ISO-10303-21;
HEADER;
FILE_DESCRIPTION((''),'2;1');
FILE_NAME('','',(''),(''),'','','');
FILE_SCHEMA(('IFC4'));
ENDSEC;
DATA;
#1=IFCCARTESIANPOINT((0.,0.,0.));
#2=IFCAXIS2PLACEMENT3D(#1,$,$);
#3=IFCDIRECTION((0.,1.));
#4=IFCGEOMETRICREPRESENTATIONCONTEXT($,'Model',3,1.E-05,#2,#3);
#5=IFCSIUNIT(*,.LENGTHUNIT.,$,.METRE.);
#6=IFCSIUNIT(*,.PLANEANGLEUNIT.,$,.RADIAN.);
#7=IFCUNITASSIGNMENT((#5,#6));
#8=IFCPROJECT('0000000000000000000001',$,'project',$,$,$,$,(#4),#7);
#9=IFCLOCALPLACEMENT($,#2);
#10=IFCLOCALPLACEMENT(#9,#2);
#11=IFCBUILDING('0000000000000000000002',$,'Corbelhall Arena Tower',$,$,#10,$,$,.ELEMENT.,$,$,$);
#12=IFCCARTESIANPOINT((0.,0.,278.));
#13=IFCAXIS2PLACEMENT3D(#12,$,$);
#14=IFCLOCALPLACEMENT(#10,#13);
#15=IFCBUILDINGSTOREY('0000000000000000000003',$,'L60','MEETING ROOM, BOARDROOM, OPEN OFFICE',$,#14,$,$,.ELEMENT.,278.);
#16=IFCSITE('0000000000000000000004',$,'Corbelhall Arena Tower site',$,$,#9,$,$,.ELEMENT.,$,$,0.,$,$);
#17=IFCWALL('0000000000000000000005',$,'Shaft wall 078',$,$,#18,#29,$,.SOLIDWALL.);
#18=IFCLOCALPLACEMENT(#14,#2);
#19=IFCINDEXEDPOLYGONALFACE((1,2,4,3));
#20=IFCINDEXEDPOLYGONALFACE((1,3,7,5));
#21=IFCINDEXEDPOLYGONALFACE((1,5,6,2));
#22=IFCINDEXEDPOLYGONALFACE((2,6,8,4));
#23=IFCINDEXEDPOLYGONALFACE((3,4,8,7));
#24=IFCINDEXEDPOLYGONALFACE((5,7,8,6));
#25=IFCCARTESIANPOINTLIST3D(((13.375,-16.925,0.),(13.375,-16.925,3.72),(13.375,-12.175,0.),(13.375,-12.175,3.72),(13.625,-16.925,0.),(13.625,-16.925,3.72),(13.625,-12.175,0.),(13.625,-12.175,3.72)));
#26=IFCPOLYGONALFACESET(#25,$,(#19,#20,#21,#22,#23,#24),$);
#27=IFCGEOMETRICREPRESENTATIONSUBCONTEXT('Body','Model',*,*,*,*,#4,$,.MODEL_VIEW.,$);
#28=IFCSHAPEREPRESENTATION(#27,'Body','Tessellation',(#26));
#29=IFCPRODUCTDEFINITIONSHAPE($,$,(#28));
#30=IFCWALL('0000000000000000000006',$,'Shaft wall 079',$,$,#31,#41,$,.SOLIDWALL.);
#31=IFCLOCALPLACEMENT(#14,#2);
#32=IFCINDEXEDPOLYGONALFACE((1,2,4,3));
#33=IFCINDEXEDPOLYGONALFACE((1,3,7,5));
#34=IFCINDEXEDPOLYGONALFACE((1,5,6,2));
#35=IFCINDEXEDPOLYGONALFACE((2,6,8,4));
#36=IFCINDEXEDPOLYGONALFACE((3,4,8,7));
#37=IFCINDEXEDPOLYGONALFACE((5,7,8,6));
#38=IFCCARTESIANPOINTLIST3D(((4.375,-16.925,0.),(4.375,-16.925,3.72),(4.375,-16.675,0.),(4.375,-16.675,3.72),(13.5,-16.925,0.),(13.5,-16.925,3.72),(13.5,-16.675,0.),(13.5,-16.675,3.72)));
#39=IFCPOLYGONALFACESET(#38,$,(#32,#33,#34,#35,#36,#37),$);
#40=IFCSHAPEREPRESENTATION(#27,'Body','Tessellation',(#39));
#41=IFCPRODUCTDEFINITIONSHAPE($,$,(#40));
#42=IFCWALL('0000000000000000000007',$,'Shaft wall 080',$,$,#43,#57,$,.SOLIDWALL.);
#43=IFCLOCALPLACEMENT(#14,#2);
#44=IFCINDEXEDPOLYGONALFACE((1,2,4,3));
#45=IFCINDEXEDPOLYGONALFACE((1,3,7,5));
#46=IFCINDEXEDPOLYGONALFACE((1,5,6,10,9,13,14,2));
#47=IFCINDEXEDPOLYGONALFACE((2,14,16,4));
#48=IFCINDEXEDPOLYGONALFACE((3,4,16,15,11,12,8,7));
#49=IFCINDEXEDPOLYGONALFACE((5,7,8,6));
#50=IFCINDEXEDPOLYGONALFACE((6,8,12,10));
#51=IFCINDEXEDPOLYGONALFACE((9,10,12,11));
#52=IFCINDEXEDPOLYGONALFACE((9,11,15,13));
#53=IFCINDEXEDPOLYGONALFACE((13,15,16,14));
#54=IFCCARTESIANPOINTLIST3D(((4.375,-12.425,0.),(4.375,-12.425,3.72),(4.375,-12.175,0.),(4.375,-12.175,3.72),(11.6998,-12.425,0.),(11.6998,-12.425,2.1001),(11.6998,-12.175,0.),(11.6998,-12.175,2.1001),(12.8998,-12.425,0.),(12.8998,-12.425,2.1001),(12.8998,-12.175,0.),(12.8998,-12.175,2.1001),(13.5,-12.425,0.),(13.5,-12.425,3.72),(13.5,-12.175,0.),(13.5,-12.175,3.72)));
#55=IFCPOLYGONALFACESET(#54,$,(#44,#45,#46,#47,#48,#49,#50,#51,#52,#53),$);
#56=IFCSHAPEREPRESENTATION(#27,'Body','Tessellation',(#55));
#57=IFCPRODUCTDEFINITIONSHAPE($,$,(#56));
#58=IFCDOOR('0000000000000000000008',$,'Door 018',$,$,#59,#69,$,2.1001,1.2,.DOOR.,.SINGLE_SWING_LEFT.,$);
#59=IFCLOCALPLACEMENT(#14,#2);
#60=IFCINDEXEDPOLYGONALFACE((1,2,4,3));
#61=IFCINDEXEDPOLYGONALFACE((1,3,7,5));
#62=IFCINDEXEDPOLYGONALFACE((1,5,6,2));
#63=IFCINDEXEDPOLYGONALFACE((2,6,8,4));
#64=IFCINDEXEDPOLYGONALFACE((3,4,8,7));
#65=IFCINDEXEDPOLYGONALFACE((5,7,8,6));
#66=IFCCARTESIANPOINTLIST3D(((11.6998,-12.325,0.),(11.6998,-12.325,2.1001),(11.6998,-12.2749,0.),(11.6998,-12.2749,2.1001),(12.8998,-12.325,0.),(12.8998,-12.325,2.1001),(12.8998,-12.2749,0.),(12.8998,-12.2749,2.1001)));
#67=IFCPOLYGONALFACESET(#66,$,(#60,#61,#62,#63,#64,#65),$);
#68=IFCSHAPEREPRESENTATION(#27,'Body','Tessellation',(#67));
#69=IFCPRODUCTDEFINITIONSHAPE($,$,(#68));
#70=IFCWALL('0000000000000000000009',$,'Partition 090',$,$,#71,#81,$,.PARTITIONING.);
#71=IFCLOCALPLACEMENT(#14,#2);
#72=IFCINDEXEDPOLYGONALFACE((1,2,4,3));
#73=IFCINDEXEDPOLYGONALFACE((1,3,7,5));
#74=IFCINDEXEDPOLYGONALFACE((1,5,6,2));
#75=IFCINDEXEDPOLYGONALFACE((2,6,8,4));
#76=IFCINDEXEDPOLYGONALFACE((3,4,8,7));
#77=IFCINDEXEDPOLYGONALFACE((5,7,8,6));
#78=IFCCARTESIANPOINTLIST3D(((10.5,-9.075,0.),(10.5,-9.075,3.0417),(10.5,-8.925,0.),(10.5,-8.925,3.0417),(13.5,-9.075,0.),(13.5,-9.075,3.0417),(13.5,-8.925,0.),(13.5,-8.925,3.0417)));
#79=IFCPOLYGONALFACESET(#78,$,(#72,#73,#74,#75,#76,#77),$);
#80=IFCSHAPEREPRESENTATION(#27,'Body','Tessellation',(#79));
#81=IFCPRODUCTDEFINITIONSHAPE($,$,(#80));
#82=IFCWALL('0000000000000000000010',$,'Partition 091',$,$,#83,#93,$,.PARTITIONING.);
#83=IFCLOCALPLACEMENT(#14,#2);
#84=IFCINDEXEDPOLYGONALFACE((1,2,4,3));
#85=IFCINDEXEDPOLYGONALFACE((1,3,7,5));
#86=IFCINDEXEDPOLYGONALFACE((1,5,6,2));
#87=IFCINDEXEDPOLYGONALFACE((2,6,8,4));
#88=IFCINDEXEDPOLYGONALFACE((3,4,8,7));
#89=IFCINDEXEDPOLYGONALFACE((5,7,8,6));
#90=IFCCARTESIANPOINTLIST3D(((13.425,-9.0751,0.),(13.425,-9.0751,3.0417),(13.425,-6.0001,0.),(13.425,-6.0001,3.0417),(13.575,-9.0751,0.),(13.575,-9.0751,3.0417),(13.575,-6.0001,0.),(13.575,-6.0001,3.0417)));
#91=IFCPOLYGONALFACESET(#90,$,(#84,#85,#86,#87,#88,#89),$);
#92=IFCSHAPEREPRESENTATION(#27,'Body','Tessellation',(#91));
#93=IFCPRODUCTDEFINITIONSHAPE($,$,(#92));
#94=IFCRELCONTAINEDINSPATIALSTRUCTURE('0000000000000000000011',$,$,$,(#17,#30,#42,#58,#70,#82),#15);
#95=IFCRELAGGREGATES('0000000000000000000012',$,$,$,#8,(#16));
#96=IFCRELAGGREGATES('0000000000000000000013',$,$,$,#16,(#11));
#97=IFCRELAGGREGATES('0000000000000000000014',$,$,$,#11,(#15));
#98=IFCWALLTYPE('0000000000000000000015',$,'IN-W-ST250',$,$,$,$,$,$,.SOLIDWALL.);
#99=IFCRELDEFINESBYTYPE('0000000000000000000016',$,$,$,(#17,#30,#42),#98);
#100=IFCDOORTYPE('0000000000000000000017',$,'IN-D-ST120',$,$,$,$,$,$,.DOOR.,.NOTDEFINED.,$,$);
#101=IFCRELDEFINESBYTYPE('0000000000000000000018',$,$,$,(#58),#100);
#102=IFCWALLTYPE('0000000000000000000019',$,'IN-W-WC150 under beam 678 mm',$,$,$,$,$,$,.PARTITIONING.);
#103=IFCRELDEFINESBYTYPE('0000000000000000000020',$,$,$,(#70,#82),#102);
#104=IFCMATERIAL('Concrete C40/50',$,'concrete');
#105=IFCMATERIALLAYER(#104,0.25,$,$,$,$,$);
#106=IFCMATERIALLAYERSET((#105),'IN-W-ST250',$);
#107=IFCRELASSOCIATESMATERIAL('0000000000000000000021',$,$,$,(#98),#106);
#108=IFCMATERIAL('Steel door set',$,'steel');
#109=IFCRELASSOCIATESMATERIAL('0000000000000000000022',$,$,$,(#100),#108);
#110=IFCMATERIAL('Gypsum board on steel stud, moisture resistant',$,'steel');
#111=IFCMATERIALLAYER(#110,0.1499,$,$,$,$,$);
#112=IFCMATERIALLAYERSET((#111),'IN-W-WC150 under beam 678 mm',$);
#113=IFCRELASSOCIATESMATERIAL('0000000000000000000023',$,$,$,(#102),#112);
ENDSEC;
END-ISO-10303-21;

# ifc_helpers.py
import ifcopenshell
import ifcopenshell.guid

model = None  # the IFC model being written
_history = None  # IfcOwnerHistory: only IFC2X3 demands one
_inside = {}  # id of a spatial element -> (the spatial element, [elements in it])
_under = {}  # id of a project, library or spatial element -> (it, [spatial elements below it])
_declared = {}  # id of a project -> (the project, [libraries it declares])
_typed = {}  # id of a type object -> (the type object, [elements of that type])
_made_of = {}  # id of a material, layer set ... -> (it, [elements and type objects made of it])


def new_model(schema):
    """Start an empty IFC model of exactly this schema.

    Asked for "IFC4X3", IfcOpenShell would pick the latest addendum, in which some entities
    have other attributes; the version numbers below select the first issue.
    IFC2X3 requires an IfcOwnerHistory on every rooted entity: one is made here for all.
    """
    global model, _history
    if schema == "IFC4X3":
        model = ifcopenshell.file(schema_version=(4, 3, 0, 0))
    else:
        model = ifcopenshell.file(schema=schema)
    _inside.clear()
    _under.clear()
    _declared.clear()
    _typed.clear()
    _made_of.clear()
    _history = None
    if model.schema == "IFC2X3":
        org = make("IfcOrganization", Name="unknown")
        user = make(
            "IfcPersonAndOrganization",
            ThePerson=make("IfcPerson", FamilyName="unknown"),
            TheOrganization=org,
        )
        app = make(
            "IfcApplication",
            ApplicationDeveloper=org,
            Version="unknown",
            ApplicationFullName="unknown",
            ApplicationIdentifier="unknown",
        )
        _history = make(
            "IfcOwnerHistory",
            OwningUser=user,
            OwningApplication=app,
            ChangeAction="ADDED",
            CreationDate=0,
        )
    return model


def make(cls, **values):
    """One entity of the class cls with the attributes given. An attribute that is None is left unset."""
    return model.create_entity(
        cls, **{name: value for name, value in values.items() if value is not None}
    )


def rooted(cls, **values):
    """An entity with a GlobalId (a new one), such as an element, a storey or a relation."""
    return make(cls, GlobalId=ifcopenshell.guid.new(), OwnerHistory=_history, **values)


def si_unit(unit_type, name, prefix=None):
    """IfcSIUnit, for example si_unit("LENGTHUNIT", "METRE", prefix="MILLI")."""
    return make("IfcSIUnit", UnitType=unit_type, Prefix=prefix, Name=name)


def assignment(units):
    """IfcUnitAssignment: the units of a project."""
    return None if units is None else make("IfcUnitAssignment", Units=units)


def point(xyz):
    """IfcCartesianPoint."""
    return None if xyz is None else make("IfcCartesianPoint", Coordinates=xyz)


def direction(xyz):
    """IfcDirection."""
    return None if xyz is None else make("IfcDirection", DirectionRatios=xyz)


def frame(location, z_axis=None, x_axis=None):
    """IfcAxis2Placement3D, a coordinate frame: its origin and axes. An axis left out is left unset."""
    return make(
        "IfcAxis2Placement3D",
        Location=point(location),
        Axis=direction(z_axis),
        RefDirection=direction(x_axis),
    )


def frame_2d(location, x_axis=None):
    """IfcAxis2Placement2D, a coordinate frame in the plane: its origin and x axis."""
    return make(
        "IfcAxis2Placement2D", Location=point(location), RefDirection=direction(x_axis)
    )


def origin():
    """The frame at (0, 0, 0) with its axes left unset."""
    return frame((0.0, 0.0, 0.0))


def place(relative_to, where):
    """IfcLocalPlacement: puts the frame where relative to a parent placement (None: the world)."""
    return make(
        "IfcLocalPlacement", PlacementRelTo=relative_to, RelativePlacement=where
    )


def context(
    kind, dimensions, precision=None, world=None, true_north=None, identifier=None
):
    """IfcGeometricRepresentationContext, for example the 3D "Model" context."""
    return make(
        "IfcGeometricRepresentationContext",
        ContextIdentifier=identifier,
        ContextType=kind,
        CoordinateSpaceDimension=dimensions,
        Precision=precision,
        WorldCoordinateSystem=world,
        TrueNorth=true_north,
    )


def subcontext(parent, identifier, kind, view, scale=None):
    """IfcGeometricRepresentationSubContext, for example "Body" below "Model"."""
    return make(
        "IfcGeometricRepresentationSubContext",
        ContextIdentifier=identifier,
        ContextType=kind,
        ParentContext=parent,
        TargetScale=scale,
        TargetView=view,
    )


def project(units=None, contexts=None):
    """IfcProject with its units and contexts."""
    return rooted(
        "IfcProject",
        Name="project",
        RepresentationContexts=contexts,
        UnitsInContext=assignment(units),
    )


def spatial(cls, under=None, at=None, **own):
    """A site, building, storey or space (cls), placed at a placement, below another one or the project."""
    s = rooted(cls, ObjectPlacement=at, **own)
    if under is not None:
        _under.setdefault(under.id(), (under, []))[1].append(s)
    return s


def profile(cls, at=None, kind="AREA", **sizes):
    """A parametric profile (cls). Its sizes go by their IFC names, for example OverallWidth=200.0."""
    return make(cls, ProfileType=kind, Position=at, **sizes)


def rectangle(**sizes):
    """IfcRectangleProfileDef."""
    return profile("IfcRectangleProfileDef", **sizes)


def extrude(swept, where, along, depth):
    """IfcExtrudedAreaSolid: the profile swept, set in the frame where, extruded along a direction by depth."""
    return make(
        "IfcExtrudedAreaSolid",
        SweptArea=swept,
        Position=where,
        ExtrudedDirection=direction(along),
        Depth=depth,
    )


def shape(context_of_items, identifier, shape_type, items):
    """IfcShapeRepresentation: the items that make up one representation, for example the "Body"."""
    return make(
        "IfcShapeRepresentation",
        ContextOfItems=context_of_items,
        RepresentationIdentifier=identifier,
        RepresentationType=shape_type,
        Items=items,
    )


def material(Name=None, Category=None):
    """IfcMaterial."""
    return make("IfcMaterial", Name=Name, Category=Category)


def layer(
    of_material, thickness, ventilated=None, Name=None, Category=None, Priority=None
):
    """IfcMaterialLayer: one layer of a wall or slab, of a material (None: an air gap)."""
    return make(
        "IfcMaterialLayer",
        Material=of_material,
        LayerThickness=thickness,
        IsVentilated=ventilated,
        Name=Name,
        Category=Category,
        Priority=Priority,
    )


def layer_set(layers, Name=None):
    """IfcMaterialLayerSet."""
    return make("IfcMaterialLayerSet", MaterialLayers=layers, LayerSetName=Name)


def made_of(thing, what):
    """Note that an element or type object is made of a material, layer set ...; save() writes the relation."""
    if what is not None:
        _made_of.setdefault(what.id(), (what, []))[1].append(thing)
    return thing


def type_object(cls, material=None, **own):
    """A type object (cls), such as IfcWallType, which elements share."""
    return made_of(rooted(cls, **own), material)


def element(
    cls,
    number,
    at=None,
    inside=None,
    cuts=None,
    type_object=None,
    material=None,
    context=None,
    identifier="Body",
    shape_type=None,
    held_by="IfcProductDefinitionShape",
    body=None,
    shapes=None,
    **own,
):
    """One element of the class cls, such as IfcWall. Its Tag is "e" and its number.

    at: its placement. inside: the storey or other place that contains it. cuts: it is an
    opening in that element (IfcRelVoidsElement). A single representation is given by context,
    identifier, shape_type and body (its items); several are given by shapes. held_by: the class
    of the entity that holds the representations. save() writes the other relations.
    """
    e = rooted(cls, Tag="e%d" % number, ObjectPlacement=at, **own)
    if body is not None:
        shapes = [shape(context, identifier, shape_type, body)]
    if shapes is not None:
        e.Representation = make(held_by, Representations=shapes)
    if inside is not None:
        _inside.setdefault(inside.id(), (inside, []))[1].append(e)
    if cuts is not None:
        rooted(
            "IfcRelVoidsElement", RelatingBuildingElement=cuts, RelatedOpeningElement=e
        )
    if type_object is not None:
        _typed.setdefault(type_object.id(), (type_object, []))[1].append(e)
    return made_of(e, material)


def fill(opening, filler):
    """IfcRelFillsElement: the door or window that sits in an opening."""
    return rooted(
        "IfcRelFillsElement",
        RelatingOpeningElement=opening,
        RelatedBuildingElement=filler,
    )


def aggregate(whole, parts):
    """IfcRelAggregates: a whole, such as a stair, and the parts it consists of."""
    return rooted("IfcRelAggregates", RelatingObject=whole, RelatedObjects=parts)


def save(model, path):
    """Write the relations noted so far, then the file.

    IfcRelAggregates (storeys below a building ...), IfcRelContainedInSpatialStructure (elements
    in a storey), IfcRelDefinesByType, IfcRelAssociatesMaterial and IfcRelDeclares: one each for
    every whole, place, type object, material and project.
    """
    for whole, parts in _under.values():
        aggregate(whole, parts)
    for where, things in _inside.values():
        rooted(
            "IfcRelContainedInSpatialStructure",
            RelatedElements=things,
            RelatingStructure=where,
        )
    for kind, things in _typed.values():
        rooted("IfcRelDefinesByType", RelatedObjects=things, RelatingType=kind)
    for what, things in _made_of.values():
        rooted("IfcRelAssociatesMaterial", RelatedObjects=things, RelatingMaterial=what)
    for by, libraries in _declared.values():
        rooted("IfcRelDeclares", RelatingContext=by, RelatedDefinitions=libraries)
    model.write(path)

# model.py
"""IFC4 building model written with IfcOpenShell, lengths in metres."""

from ifc_helpers import new_model, si_unit, direction, frame, frame_2d, origin, place, context, subcontext, project, spatial, rectangle, extrude, material, layer, layer_set, type_object, element, fill, save


model = new_model("IFC4")

# Units and contexts
model_context = context("Model", 3, precision=1e-05, world=origin(), true_north=direction((0.0, 1.0)))
body_context = subcontext(model_context, "Body", "Model", "MODEL_VIEW")
ifc_project = project(units=[si_unit("LENGTHUNIT", "METRE"), si_unit("PLANEANGLEUNIT", "RADIAN")], contexts=[model_context])

# Site, building, storey
site_placement = place(None, origin())
site = spatial("IfcSite", under=ifc_project, at=site_placement, Name="Corbelhall Arena Tower site", CompositionType="ELEMENT", RefElevation=0.0)
building_placement = place(site_placement, origin())
building = spatial("IfcBuilding", under=site, at=building_placement, Name="Corbelhall Arena Tower", CompositionType="ELEMENT")
storey_placement = place(building_placement, frame((0.0, 0.0, 278.0)))
storey = spatial("IfcBuildingStorey", under=building, at=storey_placement, Name="L60", Description="MEETING ROOM, BOARDROOM, OPEN OFFICE", CompositionType="ELEMENT", Elevation=278.0)

# Shared definitions
ifc_material_1 = material(Name="Steel door set", Category="steel")

# Walls
ifc_material_2 = material(Name="Concrete C40/50", Category="concrete")
ifc_layer_1 = layer(ifc_material_2, 0.25)
ifc_layer_set_1 = layer_set([ifc_layer_1], Name="IN-W-ST250")
wall_type_1 = type_object("IfcWallType", Name="IN-W-ST250", PredefinedType="SOLIDWALL", material=ifc_layer_set_1)
wall_1_placement = place(storey_placement, frame((13.5, -16.925, 0.0), z_axis=(0.0, 0.0, 1.0), x_axis=(0.0, 1.0, 0.0)))
element("IfcWall", 1, at=wall_1_placement, inside=storey, type_object=wall_type_1, Name="Shaft wall 078", PredefinedType="SOLIDWALL", context=body_context, shape_type="SweptSolid", body=[
    extrude(rectangle(XDim=4.75, YDim=0.25, at=frame_2d((2.375, 0.0))), origin(), (0.0, 0.0, 1.0), 3.72),
])
wall_2_placement = place(storey_placement, frame((13.5, -16.8, 0.0), z_axis=(0.0, 0.0, 1.0), x_axis=(-1.0, 0.0, 0.0)))
element("IfcWall", 2, at=wall_2_placement, inside=storey, type_object=wall_type_1, Name="Shaft wall 079", PredefinedType="SOLIDWALL", context=body_context, shape_type="SweptSolid", body=[
    extrude(rectangle(XDim=9.125, YDim=0.25, at=frame_2d((4.5625, 0.0))), origin(), (0.0, 0.0, 1.0), 3.72),
])

# Wall, opening, door
wall_3_placement = place(storey_placement, frame((13.5, -12.3, 0.0), z_axis=(0.0, 0.0, 1.0), x_axis=(-1.0, 0.0, 0.0)))
wall_3 = element("IfcWall", 3, at=wall_3_placement, inside=storey, type_object=wall_type_1, Name="Shaft wall 080", PredefinedType="SOLIDWALL", context=body_context, shape_type="SweptSolid", body=[
    extrude(rectangle(XDim=9.125, YDim=0.25, at=frame_2d((4.5625, 0.0))), origin(), (0.0, 0.0, 1.0), 3.72),
])
opening_1_placement = place(wall_3_placement, frame((0.6001, 0.0, 0.0)))
opening_1 = element("IfcOpeningElement", 4, at=opening_1_placement, cuts=wall_3, PredefinedType="OPENING", context=body_context, shape_type="SweptSolid", body=[
    extrude(rectangle(XDim=1.2, YDim=2.1001, at=frame_2d((0.6001, 1.05))), frame((0.0, 0.125, 0.0), z_axis=(0.0, -1.0, 0.0), x_axis=(1.0, 0.0, 0.0)), (0.0, 0.0, 1.0), 0.25),
])
door_type_1 = type_object("IfcDoorType", Name="IN-D-ST120", OperationType="NOTDEFINED", PredefinedType="DOOR", material=ifc_material_1)
door_1_placement = place(opening_1_placement, origin())
door_1 = element("IfcDoor", 5, at=door_1_placement, inside=storey, type_object=door_type_1, Name="Door 018", OperationType="SINGLE_SWING_LEFT", OverallHeight=2.1001, OverallWidth=1.2, PredefinedType="DOOR", context=body_context, shape_type="SweptSolid", body=[
    extrude(rectangle(XDim=1.2, YDim=2.1001, at=frame_2d((0.6001, 1.05))), frame((0.0, 0.0249, 0.0), z_axis=(0.0, -1.0, 0.0), x_axis=(1.0, 0.0, 0.0)), (0.0, 0.0, 1.0), 0.05),
])
fill(opening_1, door_1)

# Walls
ifc_material_3 = material(Name="Gypsum board on steel stud, moisture resistant", Category="steel")
ifc_layer_2 = layer(ifc_material_3, 0.1499)
ifc_layer_set_2 = layer_set([ifc_layer_2], Name="IN-W-WC150 under beam 678 mm")
wall_type_2 = type_object("IfcWallType", Name="IN-W-WC150 under beam 678 mm", PredefinedType="PARTITIONING", material=ifc_layer_set_2)
wall_4_placement = place(storey_placement, frame((13.5, -9.0, 0.0), z_axis=(0.0, 0.0, 1.0), x_axis=(-1.0, 0.0, 0.0)))
element("IfcWall", 6, at=wall_4_placement, inside=storey, type_object=wall_type_2, Name="Partition 090", PredefinedType="PARTITIONING", context=body_context, shape_type="SweptSolid", body=[
    extrude(rectangle(XDim=3.0, YDim=0.1499, at=frame_2d((1.5, 0.0))), origin(), (0.0, 0.0, 1.0), 3.0417),
])
wall_5_placement = place(storey_placement, frame((13.5, -6.0, 0.0), z_axis=(0.0, 0.0, 1.0), x_axis=(0.0, -1.0, 0.0)))
element("IfcWall", 7, at=wall_5_placement, inside=storey, type_object=wall_type_2, Name="Partition 091", PredefinedType="PARTITIONING", context=body_context, shape_type="SweptSolid", body=[
    extrude(rectangle(XDim=3.075, YDim=0.1499, at=frame_2d((1.5376, 0.0))), origin(), (0.0, 0.0, 1.0), 3.0417),
])

save(model, "model.ifc")
